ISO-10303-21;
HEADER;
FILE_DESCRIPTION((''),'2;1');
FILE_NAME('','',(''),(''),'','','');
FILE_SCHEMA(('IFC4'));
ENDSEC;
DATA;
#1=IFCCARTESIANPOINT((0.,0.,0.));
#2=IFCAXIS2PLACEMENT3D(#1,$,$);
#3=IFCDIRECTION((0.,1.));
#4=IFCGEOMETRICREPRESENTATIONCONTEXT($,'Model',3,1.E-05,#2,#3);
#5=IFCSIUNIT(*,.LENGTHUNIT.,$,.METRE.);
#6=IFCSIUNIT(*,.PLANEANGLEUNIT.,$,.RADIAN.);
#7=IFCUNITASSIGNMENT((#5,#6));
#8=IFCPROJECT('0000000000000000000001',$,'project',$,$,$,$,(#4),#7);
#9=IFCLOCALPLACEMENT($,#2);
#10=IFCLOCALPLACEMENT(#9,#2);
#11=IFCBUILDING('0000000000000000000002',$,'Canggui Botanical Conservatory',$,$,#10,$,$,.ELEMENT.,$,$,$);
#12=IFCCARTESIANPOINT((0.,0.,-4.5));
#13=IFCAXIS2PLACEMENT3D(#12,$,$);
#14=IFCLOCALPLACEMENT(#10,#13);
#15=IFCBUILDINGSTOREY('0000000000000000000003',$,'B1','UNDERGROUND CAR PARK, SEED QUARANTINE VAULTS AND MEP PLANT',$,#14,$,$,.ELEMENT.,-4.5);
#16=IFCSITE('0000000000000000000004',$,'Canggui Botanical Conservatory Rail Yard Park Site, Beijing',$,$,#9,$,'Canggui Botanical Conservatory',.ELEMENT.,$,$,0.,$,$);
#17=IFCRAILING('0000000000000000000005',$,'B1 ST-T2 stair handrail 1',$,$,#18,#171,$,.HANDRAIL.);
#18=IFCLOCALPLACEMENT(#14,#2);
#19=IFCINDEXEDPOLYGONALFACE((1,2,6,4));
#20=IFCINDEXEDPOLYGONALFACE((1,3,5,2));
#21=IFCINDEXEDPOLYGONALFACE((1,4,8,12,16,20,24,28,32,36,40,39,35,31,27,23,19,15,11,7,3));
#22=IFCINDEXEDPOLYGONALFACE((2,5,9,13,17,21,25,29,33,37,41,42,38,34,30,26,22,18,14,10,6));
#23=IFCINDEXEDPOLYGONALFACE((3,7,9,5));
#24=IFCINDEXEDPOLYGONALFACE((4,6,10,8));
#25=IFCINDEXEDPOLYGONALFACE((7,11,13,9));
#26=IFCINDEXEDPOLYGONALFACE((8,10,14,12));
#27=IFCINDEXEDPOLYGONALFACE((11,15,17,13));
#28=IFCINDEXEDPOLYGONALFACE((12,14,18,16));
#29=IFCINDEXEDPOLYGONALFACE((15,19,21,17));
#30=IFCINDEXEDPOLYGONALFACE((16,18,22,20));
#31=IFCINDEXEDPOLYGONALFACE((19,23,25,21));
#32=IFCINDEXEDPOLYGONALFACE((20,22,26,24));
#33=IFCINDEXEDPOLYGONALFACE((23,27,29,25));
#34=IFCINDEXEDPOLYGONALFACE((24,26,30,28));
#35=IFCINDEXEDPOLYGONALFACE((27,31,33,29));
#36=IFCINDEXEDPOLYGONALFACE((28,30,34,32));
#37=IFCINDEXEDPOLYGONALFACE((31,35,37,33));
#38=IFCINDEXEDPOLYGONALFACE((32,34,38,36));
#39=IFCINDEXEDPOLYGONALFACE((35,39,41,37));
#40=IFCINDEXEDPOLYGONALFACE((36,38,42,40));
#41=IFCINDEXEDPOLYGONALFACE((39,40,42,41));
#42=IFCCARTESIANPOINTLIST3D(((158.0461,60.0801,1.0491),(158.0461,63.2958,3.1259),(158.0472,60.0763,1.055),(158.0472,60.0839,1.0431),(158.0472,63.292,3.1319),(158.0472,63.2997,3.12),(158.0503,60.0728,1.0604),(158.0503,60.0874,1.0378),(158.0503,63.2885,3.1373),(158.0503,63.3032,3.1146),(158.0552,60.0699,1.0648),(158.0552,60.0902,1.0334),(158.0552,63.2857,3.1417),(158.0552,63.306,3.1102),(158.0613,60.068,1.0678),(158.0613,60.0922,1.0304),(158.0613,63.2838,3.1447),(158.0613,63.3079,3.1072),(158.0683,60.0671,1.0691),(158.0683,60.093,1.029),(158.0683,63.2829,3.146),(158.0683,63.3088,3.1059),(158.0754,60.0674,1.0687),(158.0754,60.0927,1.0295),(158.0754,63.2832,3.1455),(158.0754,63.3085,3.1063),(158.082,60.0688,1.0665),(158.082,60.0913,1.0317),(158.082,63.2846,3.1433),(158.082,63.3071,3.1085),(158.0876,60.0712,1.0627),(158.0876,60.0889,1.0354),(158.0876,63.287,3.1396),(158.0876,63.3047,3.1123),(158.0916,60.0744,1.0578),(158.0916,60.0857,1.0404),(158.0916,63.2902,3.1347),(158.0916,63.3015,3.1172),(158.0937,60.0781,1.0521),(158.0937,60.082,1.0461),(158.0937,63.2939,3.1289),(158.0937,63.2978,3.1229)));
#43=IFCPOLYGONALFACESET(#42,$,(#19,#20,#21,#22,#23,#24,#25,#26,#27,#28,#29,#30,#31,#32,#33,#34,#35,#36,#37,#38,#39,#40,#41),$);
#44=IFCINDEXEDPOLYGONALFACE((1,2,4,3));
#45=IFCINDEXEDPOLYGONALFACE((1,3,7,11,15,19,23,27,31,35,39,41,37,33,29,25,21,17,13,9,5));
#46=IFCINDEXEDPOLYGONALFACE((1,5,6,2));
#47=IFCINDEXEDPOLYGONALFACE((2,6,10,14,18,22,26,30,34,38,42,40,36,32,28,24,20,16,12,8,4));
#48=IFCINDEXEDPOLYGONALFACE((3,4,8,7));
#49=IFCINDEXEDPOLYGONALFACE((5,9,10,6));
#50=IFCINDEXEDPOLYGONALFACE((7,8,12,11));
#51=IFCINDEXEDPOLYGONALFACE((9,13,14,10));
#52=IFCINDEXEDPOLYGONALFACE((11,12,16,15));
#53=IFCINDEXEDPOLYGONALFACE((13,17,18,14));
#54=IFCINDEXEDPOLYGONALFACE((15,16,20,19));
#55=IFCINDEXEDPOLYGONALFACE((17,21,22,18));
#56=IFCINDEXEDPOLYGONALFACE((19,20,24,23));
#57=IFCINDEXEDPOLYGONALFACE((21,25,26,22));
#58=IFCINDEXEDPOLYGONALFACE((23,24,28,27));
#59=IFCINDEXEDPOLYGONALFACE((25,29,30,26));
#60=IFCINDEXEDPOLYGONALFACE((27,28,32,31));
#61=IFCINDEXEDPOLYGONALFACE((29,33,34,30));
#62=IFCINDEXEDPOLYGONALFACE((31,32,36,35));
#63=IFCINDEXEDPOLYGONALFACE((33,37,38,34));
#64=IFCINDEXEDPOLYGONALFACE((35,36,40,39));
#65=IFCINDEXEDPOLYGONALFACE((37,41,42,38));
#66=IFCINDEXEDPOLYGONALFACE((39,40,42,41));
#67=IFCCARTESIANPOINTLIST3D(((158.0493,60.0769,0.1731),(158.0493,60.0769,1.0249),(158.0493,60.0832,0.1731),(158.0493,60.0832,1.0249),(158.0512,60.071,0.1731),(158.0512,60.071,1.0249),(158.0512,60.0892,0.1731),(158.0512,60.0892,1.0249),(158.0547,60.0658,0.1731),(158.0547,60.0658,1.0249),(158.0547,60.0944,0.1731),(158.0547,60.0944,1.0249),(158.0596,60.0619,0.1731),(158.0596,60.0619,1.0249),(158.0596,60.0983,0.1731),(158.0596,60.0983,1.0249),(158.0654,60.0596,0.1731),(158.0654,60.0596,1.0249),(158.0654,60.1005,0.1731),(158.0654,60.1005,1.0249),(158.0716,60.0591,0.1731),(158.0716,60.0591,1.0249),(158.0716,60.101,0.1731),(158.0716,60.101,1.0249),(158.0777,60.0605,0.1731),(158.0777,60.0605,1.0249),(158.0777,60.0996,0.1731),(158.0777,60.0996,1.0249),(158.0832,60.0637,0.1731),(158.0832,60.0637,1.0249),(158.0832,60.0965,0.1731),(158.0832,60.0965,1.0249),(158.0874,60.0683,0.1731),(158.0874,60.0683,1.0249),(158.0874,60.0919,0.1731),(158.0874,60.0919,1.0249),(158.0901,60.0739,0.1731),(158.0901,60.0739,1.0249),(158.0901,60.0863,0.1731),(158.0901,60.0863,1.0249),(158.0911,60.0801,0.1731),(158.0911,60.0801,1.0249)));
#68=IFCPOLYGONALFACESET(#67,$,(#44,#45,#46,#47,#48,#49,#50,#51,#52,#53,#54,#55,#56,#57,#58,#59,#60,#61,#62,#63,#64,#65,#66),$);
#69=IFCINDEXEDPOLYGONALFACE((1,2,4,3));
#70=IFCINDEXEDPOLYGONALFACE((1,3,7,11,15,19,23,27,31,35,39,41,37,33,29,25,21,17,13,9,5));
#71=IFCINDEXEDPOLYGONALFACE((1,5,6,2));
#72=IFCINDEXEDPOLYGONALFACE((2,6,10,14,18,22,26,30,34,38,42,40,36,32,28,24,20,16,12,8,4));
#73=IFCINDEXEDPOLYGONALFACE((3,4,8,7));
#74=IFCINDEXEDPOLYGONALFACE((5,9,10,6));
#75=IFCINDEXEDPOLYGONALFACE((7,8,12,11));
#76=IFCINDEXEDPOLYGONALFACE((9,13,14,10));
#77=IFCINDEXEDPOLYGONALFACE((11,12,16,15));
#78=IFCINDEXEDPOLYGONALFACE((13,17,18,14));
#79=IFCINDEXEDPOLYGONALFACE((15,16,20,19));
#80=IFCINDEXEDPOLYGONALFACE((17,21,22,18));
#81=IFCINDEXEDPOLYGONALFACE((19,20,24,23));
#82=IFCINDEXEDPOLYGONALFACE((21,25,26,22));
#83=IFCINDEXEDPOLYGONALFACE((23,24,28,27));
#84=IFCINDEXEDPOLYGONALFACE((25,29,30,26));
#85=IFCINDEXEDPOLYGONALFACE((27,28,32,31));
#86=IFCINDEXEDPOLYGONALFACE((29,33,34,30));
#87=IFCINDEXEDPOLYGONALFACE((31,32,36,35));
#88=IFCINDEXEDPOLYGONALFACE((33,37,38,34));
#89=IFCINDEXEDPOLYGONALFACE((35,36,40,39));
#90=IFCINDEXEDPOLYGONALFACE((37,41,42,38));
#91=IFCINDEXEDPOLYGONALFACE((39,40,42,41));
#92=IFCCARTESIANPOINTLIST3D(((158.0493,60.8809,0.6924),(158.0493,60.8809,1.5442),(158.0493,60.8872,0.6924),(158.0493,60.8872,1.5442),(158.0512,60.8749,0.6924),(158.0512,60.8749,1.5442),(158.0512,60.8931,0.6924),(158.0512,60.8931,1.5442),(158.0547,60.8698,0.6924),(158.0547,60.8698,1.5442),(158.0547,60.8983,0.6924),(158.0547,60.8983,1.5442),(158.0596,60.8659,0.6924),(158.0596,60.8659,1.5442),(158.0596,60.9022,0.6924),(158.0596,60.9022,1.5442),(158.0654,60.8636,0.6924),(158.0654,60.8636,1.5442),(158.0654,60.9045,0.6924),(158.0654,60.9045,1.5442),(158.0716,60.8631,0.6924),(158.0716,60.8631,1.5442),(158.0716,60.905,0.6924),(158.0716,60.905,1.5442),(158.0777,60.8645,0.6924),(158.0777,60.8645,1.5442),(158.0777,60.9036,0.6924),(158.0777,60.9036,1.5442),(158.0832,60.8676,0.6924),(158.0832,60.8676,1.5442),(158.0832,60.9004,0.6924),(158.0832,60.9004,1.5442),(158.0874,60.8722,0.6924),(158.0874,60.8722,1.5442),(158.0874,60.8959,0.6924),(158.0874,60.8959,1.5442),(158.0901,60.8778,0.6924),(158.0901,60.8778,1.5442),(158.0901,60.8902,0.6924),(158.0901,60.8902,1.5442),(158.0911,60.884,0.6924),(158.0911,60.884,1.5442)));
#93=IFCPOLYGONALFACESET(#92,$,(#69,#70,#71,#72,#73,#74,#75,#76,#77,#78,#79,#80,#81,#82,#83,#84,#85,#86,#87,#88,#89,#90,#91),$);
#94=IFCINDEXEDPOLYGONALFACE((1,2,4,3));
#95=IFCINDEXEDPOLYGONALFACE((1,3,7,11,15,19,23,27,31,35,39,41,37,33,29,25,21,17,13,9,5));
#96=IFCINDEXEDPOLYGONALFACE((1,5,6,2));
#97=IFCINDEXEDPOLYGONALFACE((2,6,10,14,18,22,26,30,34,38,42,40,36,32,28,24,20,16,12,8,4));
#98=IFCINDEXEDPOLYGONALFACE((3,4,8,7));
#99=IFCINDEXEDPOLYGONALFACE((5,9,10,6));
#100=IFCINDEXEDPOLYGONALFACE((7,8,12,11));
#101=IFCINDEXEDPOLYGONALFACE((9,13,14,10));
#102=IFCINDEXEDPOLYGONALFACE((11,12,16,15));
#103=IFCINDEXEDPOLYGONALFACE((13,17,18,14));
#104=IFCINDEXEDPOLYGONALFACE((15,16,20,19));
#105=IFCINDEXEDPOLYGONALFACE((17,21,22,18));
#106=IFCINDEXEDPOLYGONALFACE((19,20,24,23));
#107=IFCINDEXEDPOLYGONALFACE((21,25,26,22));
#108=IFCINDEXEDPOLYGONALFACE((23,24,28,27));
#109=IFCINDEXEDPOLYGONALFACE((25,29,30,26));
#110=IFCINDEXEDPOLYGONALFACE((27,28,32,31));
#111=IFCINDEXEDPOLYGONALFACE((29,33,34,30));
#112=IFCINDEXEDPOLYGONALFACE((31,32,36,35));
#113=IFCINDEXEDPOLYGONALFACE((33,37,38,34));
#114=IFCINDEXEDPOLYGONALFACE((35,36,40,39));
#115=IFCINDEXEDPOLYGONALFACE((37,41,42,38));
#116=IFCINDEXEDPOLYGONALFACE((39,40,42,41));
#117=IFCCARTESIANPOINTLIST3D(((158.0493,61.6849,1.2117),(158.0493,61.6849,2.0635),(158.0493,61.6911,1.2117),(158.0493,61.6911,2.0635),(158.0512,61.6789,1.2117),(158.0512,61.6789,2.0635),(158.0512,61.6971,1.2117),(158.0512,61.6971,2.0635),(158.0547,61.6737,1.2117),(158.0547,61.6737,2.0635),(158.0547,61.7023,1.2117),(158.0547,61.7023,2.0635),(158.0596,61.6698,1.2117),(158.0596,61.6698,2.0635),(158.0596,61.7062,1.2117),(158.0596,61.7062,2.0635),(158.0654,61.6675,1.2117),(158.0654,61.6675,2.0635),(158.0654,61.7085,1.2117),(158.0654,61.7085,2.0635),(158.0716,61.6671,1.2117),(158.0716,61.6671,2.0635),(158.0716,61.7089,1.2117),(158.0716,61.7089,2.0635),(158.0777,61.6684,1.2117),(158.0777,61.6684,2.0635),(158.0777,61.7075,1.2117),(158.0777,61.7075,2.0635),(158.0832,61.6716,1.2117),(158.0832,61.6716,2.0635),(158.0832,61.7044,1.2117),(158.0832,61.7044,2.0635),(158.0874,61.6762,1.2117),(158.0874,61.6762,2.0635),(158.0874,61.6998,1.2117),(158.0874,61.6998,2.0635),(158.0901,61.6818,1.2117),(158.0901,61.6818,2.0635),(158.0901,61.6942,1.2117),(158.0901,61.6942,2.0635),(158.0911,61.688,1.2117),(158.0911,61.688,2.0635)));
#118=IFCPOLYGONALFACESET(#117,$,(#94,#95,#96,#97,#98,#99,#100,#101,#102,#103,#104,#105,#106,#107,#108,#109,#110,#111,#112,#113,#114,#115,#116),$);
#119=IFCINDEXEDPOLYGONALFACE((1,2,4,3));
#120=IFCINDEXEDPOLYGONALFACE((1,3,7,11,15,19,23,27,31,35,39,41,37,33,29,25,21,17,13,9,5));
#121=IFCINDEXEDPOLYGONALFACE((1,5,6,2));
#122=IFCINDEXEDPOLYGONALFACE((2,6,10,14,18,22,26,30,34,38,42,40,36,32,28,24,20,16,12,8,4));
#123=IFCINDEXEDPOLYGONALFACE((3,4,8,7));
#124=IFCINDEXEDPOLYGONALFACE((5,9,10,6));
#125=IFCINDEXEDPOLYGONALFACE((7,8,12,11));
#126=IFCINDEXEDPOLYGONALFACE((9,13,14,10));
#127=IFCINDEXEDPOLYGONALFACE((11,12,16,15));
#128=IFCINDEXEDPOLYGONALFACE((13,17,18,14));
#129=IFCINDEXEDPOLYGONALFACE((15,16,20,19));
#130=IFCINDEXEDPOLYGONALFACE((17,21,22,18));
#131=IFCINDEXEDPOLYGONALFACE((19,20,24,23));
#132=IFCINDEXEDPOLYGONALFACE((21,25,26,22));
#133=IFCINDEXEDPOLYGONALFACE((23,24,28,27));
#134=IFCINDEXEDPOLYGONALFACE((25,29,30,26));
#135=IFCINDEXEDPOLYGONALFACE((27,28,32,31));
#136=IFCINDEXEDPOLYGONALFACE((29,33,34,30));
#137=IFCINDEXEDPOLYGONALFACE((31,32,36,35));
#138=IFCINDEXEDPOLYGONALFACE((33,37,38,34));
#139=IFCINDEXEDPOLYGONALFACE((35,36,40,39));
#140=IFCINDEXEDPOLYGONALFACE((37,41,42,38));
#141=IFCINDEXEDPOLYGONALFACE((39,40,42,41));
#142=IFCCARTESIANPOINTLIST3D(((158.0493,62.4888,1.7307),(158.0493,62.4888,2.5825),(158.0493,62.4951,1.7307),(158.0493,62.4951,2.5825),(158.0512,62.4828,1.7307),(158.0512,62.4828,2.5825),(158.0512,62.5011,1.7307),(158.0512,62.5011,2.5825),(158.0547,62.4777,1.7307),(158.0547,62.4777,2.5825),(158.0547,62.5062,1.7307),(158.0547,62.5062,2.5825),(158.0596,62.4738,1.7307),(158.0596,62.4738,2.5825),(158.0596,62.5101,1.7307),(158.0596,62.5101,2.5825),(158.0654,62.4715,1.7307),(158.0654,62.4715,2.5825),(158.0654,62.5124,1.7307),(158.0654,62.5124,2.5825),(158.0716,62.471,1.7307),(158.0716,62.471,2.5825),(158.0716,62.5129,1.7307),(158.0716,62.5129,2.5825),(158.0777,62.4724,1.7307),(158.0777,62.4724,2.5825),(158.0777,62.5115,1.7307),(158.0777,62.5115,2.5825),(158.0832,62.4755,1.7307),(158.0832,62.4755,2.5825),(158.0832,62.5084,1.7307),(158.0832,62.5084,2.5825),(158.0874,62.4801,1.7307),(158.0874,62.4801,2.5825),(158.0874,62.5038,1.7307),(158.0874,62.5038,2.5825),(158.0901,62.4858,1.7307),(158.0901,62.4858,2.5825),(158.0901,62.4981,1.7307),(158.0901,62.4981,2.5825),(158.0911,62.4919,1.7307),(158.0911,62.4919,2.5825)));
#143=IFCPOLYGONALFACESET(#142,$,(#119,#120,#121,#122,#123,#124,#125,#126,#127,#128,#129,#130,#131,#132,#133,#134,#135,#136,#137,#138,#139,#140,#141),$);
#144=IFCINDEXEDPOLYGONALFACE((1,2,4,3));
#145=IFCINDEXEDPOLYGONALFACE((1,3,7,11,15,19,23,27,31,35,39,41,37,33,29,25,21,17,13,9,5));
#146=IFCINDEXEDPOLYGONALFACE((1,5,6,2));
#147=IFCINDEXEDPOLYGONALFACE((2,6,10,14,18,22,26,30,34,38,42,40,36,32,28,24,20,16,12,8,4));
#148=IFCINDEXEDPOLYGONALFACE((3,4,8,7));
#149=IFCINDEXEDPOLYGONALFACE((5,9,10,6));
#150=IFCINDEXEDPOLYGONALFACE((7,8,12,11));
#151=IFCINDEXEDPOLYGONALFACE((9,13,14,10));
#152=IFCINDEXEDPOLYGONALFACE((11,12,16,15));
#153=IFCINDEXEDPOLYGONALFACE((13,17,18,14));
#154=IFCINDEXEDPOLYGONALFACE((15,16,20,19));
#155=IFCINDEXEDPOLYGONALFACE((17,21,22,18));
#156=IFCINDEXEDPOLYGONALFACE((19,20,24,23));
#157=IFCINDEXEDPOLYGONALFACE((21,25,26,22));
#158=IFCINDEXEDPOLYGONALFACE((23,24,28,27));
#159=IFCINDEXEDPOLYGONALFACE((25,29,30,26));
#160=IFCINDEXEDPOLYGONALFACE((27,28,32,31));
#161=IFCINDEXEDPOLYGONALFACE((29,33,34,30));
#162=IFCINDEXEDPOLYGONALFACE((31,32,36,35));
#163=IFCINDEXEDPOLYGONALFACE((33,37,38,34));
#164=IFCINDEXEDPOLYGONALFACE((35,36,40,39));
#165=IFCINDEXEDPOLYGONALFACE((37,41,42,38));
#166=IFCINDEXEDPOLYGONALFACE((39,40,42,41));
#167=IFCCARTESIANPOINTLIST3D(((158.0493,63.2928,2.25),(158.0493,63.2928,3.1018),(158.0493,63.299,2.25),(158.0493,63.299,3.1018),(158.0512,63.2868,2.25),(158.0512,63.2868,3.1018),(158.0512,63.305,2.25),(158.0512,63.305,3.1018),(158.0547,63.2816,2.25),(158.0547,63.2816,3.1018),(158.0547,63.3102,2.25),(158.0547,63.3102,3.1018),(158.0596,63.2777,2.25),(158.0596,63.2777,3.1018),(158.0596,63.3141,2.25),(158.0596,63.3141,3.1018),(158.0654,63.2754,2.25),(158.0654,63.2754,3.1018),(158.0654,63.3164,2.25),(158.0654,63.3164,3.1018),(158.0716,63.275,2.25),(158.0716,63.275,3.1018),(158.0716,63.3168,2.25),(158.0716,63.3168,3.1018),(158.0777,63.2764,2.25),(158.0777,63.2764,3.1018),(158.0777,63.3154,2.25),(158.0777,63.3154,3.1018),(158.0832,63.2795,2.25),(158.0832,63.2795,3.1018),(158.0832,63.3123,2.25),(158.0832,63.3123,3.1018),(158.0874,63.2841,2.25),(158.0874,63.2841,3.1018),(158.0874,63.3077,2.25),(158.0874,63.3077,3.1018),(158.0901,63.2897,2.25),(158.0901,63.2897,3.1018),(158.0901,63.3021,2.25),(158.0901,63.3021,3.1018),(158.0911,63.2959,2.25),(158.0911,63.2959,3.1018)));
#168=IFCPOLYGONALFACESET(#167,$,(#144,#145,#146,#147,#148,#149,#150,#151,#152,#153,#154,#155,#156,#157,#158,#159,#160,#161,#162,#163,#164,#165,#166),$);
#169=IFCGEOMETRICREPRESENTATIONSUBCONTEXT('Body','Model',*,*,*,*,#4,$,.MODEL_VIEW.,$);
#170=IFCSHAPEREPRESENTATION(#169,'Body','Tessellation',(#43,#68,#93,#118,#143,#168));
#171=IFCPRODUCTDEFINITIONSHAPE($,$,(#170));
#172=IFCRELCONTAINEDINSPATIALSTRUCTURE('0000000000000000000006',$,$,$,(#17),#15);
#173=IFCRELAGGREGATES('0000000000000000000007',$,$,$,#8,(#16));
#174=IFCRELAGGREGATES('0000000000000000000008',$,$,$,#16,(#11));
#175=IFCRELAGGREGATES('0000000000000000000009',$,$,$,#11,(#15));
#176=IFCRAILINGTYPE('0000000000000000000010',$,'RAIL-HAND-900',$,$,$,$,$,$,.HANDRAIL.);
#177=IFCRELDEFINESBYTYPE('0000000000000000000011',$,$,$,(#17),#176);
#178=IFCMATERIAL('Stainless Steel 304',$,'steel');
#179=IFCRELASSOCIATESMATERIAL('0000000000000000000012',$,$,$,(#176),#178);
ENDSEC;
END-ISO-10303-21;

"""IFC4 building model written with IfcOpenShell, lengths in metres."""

from ifc_helpers import new_model, si_unit, direction, frame, origin, origin_2d, place, context, subcontext, project, spatial, circle, extrude, material, type_object, element, save


model = new_model("IFC4")

# Units and contexts
model_context = context("Model", 3, precision=1e-05, world=origin(), true_north=direction((0.0, 1.0)))
body_context = subcontext(model_context, "Body", "Model", "MODEL_VIEW")
ifc_project = project(units=[si_unit("LENGTHUNIT", "METRE"), si_unit("PLANEANGLEUNIT", "RADIAN")], contexts=[model_context])

# Site, building, storey
site_placement = place(None, origin())
site = spatial("IfcSite", under=ifc_project, at=site_placement, Name="Canggui Botanical Conservatory Rail Yard Park Site, Beijing", LongName="Canggui Botanical Conservatory", CompositionType="ELEMENT", RefElevation=0.0)
building_placement = place(site_placement, origin())
building = spatial("IfcBuilding", under=site, at=building_placement, Name="Canggui Botanical Conservatory", CompositionType="ELEMENT")
storey_placement = place(building_placement, frame((0.0, 0.0, -4.5)))
storey = spatial("IfcBuildingStorey", under=building, at=storey_placement, Name="B1", Description="UNDERGROUND CAR PARK, SEED QUARANTINE VAULTS AND MEP PLANT", CompositionType="ELEMENT", Elevation=-4.5)

# Railing
ifc_material_1 = material(Name="Stainless Steel 304", Category="steel")
railing_type_1 = type_object("IfcRailingType", Name="RAIL-HAND-900", PredefinedType="HANDRAIL", material=ifc_material_1)
railing_1_placement = place(storey_placement, frame((158.0701, 60.0801, 0.1731)))
element("IfcRailing", 1, at=railing_1_placement, inside=storey, type_object=railing_type_1, Name="B1 ST-T2 stair handrail 1", PredefinedType="HANDRAIL", context=body_context, shape_type="SweptSolid", body=[
    extrude(circle(Radius=0.0239, at=origin_2d()), frame((0.0, 0.0, 0.876), z_axis=(0.0, 0.840037, 0.542529), x_axis=(-1.0, 0.0, 0.0)), (0.0, 0.0, 1.0), 3.8281),
    extrude(circle(Radius=0.021, at=origin_2d()), origin(), (0.0, 0.0, 1.0), 0.8518),
    extrude(circle(Radius=0.021, at=origin_2d()), frame((0.0, 0.804, 0.5193)), (0.0, 0.0, 1.0), 0.8518),
    extrude(circle(Radius=0.021, at=origin_2d()), frame((0.0, 1.6079, 1.0386)), (0.0, 0.0, 1.0), 0.8518),
    extrude(circle(Radius=0.021, at=origin_2d()), frame((0.0, 2.4119, 1.5576)), (0.0, 0.0, 1.0), 0.8518),
    extrude(circle(Radius=0.021, at=origin_2d()), frame((0.0, 3.2158, 2.0769)), (0.0, 0.0, 1.0), 0.8518),
])

save(model, "model.ifc")
